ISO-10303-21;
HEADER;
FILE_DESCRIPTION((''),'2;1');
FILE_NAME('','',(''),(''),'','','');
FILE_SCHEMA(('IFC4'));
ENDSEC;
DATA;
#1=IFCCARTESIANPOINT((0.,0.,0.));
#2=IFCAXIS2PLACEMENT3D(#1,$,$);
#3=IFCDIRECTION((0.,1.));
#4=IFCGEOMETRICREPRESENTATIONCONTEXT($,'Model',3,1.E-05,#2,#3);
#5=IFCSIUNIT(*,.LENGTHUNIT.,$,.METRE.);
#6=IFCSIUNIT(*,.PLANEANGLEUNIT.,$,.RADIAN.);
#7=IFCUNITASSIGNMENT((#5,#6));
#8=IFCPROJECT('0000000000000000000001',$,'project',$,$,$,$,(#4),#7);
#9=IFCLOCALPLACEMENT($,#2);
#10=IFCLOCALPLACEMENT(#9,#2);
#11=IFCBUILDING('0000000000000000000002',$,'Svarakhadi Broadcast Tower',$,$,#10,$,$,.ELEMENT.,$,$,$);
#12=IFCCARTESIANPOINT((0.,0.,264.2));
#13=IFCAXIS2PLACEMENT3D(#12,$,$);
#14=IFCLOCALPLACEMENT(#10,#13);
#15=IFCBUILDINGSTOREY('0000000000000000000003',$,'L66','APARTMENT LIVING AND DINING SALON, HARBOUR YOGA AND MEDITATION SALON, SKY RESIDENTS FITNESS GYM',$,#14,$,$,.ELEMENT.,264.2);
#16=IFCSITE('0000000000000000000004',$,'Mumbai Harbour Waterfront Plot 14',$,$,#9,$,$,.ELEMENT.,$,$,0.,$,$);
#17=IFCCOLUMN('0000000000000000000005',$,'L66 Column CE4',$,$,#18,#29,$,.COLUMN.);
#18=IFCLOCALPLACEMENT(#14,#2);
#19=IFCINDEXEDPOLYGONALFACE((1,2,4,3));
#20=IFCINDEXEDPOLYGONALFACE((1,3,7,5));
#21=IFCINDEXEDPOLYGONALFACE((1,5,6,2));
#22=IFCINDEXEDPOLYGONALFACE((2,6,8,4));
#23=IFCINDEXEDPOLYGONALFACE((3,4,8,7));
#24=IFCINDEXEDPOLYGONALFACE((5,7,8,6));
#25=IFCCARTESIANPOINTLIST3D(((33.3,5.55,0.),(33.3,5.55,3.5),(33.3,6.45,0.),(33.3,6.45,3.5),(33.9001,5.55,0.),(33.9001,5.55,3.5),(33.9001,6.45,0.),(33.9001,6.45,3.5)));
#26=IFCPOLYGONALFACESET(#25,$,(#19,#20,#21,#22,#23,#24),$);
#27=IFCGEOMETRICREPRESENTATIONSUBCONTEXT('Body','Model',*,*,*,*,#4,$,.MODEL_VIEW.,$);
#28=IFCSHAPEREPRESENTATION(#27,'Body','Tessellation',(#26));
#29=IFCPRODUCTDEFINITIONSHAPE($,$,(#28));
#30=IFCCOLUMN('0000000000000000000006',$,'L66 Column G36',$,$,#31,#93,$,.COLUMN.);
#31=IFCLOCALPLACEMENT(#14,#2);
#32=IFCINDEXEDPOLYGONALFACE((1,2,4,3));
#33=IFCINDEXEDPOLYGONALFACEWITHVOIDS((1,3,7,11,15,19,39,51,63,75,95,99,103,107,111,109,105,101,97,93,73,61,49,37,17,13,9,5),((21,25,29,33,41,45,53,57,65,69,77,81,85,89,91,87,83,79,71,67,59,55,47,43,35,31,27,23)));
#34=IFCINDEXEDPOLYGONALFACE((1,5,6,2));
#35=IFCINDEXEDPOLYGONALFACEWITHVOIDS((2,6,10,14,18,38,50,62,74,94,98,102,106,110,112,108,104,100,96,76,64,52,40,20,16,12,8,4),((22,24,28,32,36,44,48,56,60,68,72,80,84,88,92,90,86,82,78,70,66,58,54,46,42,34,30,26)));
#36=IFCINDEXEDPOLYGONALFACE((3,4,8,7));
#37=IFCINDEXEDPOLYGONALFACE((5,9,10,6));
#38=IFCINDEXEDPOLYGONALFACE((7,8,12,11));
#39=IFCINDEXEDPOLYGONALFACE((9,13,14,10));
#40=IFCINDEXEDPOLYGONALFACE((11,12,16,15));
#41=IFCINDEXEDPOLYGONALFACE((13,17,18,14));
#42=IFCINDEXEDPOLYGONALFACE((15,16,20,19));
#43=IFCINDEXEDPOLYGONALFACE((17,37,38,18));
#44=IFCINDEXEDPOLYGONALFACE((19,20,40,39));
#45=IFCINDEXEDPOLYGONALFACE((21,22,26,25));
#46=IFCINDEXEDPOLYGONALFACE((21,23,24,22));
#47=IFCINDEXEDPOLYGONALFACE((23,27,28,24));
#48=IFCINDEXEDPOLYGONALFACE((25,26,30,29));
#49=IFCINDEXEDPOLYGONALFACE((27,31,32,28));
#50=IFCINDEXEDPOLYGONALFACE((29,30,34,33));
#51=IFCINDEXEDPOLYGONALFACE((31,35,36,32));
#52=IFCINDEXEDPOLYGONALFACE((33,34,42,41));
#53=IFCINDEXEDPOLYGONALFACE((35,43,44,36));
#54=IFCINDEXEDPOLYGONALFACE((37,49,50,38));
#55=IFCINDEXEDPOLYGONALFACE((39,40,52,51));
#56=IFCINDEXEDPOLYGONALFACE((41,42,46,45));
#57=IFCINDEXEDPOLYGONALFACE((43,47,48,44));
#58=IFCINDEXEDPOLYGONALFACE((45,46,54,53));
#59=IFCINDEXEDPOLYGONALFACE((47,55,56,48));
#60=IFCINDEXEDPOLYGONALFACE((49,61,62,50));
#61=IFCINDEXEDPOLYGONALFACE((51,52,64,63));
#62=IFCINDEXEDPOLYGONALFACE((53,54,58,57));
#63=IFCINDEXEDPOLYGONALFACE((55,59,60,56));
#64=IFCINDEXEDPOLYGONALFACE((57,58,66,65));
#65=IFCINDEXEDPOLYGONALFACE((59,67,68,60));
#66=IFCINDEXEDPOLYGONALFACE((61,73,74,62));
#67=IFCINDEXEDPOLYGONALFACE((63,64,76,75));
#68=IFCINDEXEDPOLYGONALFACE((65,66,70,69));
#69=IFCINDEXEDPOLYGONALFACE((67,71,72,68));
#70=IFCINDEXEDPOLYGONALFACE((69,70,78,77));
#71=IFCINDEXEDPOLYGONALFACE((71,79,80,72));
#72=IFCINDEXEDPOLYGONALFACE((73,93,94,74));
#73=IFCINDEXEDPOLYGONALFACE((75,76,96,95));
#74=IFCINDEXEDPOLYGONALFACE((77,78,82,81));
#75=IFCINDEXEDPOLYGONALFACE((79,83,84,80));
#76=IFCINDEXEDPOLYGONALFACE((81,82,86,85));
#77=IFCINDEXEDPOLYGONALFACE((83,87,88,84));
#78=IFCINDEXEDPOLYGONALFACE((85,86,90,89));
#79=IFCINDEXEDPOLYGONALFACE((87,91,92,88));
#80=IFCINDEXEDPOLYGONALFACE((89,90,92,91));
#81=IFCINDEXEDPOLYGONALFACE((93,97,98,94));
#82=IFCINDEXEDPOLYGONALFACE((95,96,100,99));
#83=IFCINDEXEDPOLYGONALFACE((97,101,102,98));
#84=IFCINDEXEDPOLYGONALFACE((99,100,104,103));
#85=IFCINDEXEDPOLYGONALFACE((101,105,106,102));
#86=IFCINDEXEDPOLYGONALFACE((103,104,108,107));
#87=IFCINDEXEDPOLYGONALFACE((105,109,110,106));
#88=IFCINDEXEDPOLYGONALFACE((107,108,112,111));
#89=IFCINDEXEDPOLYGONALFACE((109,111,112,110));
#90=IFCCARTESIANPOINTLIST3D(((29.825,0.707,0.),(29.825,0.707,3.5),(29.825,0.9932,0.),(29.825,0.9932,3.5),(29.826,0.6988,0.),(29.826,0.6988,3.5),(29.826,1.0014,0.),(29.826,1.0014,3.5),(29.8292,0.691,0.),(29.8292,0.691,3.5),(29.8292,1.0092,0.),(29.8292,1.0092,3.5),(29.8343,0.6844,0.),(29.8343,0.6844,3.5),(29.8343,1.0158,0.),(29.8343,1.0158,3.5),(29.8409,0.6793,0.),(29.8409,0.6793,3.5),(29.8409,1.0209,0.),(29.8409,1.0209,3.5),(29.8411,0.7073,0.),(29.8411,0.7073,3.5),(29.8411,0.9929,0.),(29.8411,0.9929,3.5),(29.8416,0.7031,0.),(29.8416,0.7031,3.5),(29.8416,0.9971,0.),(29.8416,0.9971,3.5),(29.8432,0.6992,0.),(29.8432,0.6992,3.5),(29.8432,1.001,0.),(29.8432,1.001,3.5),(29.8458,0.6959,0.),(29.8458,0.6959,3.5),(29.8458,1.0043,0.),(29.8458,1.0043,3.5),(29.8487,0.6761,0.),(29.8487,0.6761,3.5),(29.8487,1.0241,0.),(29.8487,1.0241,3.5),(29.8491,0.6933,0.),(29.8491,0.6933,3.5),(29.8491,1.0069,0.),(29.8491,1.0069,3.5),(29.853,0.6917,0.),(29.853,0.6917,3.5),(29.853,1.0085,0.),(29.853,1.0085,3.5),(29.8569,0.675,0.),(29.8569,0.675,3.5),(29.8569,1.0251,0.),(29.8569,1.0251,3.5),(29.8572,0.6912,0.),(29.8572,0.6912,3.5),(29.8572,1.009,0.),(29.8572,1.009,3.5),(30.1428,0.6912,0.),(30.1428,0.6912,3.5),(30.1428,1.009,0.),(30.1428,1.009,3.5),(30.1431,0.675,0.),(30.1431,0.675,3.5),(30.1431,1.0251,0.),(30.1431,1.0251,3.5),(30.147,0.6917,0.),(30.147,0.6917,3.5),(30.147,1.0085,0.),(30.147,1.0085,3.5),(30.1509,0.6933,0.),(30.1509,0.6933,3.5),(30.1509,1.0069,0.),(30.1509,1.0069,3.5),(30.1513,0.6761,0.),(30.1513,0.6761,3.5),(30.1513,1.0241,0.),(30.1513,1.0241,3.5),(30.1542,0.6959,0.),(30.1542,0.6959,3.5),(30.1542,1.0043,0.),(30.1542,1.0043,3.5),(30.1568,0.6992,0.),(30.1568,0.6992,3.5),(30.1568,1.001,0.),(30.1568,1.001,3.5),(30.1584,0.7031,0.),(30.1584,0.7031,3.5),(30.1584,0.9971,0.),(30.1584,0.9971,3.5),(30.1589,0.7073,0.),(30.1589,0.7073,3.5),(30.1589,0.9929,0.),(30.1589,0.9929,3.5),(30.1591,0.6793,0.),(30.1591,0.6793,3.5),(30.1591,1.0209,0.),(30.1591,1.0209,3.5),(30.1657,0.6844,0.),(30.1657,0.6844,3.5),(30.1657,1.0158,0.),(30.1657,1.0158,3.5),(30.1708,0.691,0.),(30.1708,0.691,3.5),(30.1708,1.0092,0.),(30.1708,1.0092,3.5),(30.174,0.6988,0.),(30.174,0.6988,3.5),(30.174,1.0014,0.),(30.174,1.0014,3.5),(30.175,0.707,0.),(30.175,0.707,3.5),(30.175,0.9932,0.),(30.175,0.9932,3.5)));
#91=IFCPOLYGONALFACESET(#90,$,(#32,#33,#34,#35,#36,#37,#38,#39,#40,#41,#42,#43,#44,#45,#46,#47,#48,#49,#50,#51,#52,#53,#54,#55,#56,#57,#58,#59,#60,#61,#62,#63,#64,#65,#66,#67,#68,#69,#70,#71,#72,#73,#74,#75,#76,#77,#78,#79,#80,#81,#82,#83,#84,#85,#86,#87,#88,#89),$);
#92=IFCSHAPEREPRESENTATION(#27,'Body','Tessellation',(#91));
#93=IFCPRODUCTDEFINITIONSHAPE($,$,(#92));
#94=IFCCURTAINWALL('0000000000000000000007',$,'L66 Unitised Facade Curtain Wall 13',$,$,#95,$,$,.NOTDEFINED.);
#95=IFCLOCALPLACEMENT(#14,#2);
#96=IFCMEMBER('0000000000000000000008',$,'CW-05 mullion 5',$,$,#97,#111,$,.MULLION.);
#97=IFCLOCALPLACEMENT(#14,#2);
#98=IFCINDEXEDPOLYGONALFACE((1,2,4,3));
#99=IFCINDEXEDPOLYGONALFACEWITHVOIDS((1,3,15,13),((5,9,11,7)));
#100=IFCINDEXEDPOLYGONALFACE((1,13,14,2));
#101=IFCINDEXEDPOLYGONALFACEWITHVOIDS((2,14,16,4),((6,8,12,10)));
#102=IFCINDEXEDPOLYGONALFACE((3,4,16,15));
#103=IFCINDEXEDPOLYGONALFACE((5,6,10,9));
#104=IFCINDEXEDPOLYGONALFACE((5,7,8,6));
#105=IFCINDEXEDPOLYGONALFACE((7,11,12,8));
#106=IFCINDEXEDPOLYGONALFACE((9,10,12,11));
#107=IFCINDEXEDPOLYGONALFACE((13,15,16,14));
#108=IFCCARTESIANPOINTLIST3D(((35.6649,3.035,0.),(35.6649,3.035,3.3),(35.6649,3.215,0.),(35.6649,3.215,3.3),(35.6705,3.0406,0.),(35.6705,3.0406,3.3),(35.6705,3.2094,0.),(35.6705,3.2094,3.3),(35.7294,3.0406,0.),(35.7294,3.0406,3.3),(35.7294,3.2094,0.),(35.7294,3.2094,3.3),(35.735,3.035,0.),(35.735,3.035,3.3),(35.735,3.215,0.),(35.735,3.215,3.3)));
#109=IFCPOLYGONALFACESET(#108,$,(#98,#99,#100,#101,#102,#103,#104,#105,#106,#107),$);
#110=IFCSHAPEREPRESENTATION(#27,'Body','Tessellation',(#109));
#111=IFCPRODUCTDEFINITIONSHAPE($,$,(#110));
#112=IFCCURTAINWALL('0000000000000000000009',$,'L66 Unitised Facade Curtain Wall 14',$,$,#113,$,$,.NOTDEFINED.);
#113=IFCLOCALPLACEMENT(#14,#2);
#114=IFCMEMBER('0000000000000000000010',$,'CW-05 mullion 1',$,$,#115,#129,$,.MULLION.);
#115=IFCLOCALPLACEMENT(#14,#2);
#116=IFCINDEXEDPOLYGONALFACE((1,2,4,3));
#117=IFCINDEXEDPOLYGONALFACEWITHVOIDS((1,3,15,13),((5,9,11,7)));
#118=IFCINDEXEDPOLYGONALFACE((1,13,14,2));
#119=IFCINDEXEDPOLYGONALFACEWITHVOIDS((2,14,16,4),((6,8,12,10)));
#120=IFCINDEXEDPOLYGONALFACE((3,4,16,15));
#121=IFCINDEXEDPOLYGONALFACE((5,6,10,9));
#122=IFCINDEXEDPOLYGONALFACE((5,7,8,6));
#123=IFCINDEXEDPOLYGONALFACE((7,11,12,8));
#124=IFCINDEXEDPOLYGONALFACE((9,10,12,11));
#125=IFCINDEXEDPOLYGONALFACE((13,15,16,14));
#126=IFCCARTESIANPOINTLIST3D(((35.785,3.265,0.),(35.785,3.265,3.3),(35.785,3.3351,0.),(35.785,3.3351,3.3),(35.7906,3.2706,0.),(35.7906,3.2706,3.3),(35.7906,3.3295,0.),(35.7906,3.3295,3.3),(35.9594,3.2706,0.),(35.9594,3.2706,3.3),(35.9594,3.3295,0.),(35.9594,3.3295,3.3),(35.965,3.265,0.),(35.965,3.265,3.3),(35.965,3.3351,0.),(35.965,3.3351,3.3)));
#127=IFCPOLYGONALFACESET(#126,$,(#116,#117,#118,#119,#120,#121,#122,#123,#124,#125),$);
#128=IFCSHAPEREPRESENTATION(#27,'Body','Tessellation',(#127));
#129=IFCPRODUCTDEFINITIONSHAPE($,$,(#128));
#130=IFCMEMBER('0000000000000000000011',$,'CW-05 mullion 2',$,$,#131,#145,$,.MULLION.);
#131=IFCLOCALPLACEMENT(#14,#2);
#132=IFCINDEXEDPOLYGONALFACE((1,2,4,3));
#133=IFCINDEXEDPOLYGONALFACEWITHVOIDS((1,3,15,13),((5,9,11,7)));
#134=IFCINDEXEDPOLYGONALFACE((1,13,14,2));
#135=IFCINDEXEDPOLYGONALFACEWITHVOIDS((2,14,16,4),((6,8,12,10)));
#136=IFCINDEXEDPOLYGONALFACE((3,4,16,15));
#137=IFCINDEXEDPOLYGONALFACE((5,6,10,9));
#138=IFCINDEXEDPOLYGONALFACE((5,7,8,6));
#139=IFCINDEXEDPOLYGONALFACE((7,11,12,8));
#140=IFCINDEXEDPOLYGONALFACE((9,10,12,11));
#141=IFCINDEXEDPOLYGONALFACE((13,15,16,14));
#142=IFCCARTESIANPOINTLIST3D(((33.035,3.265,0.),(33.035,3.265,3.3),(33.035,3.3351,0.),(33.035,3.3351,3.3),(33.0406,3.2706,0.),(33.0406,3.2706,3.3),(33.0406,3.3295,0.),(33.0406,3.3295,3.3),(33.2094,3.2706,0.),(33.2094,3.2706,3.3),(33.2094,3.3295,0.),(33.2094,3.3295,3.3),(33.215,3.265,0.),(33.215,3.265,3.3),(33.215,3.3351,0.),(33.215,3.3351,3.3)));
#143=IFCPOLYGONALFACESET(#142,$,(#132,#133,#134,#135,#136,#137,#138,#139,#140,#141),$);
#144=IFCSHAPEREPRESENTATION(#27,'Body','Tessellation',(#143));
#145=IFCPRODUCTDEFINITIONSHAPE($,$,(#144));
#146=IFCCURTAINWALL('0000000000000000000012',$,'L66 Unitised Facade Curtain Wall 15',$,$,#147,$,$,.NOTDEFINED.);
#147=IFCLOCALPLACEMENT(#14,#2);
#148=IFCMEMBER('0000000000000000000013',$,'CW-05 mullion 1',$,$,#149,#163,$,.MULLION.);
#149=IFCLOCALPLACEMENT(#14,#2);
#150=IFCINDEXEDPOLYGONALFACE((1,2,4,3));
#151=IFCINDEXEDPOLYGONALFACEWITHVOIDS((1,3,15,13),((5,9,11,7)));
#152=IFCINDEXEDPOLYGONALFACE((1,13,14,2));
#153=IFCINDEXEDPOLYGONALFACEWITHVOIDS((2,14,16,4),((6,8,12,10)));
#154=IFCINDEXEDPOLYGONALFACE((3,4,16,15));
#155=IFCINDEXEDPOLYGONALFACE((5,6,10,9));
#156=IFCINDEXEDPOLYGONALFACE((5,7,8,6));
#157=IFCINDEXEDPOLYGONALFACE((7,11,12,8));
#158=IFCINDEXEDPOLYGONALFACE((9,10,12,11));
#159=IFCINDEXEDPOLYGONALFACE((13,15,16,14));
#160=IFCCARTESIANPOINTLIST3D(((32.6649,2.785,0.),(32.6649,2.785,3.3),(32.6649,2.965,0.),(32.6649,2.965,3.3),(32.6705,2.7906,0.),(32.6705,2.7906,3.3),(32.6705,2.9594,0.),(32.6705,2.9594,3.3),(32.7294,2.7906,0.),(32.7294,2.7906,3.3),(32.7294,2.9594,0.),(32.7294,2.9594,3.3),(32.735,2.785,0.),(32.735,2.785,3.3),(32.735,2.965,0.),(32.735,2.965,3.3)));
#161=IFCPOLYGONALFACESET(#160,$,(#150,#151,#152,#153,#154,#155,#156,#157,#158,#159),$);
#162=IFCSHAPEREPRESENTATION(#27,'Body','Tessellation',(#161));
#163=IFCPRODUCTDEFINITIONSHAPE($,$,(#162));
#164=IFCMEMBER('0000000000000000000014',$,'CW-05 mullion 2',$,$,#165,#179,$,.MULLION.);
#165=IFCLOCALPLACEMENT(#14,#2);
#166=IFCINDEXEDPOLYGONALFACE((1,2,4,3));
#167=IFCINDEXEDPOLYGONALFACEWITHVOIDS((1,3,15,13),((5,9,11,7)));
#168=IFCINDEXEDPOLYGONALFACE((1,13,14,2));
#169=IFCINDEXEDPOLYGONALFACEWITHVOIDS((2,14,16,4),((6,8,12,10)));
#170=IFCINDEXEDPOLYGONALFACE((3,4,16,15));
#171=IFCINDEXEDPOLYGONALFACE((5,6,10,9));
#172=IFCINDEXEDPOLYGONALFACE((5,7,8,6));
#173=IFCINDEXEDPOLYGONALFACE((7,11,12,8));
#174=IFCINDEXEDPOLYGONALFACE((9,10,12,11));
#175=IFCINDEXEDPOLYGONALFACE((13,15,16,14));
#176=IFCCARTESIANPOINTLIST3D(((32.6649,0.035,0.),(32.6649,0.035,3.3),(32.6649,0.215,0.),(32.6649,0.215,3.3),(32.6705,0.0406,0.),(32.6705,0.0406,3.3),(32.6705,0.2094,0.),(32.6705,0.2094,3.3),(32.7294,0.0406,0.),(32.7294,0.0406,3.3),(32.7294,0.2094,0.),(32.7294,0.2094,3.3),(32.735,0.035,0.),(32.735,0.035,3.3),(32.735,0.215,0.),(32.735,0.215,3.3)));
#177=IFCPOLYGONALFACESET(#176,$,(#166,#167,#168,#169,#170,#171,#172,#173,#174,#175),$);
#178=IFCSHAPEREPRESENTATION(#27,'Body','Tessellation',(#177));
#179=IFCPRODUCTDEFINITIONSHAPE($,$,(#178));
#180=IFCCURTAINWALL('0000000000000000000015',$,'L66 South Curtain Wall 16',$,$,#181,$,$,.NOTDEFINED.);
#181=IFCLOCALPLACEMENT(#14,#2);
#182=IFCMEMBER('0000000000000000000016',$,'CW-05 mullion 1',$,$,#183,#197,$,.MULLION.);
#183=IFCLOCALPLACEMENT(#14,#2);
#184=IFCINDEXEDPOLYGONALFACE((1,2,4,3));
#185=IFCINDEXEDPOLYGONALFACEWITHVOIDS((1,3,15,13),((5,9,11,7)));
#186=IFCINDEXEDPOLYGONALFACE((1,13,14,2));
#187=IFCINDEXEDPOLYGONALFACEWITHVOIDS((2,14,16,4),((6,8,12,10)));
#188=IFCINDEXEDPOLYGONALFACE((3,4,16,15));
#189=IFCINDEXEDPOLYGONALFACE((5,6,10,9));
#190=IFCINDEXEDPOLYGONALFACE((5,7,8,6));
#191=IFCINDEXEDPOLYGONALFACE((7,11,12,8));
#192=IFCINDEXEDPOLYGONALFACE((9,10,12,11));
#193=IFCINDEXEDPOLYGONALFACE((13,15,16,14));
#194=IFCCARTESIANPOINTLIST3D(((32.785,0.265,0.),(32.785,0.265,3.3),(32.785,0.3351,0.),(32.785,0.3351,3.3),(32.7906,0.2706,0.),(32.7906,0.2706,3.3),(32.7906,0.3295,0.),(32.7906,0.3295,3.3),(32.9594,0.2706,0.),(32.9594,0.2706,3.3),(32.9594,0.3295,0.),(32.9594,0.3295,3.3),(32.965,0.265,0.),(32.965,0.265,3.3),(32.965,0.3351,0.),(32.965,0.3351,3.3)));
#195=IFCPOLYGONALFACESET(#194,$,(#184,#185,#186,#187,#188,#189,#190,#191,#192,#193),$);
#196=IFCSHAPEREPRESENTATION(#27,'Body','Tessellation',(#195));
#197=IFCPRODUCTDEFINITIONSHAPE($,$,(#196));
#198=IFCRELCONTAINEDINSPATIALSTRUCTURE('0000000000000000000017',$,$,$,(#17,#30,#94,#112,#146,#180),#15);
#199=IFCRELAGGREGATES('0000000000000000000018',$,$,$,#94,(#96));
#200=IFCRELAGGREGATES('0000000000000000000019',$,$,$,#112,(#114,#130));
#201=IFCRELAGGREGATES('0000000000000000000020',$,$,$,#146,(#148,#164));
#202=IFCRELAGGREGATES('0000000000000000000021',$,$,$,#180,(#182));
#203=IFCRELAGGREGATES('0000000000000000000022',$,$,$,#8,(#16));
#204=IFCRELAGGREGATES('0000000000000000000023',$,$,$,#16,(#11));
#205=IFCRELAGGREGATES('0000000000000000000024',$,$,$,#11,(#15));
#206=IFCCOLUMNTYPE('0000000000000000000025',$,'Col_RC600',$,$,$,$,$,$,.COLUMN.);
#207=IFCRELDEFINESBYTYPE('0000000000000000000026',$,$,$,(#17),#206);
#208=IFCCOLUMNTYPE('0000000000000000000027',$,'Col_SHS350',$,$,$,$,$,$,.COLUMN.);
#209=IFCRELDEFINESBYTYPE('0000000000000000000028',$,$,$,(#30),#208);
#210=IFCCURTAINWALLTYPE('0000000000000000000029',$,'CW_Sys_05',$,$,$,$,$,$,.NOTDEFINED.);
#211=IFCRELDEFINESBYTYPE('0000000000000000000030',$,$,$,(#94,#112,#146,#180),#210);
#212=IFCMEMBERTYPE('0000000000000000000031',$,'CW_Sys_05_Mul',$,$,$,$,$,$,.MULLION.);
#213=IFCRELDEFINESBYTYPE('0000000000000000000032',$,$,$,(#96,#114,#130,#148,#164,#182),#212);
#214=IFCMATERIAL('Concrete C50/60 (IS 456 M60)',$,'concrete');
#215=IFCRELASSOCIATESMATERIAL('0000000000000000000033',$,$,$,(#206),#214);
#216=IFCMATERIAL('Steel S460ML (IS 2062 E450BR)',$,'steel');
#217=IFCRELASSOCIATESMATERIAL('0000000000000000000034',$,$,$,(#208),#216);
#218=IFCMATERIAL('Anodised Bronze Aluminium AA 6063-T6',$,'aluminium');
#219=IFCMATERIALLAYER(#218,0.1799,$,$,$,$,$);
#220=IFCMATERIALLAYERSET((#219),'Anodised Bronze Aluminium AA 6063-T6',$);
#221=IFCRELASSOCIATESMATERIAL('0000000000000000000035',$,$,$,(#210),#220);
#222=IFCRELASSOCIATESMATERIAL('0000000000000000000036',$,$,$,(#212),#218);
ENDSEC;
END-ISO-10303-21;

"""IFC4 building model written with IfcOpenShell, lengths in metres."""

from ifc_helpers import new_model, si_unit, direction, frame, origin, origin_2d, place, context, subcontext, project, spatial, rectangle, hollow_rectangle, extrude, material, layer, layer_set, material_profile, profile_set, type_object, element, aggregate, save


model = new_model("IFC4")

# Units and contexts
model_context = context("Model", 3, precision=1e-05, world=origin(), true_north=direction((0.0, 1.0)))
body_context = subcontext(model_context, "Body", "Model", "MODEL_VIEW")
ifc_project = project(units=[si_unit("LENGTHUNIT", "METRE"), si_unit("PLANEANGLEUNIT", "RADIAN")], contexts=[model_context])

# Site, building, storey
site_placement = place(None, origin())
site = spatial("IfcSite", under=ifc_project, at=site_placement, Name="Mumbai Harbour Waterfront Plot 14", CompositionType="ELEMENT", RefElevation=0.0)
building_placement = place(site_placement, origin())
building = spatial("IfcBuilding", under=site, at=building_placement, Name="Svarakhadi Broadcast Tower", CompositionType="ELEMENT")
storey_placement = place(building_placement, frame((0.0, 0.0, 264.2)))
storey = spatial("IfcBuildingStorey", under=building, at=storey_placement, Name="L66", Description="APARTMENT LIVING AND DINING SALON, HARBOUR YOGA AND MEDITATION SALON, SKY RESIDENTS FITNESS GYM", CompositionType="ELEMENT", Elevation=264.2)

# Columns
ifc_material_1 = material(Name="Concrete C50/60 (IS 456 M60)", Category="concrete")
ifc_material_profile_1 = material_profile(ifc_material_1, rectangle(XDim=0.6001, YDim=0.8999, at=origin_2d()), Name="RC 600x900")
ifc_profile_set_1 = profile_set([ifc_material_profile_1], Name="Concrete C50/60 (IS 456 M60)")
column_type_1 = type_object("IfcColumnType", Name="Col_RC600", PredefinedType="COLUMN", material=ifc_profile_set_1)
column_1_placement = place(storey_placement, frame((33.6001, 6.0, 0.0), z_axis=(0.0, 0.0, 1.0), x_axis=(1.0, 0.0, 0.0)))
element("IfcColumn", 1, at=column_1_placement, inside=storey, type_object=column_type_1, Name="L66 Column CE4", PredefinedType="COLUMN", context=body_context, shape_type="SweptSolid", body=[
    extrude(rectangle(XDim=0.6001, YDim=0.8999, at=origin_2d()), origin(), (0.0, 0.0, 1.0), 3.5),
])
ifc_material_2 = material(Name="Steel S460ML (IS 2062 E450BR)", Category="steel")
ifc_material_profile_2 = material_profile(ifc_material_2, hollow_rectangle(XDim=0.3501, YDim=0.3501, WallThickness=0.0161, InnerFilletRadius=0.0161, OuterFilletRadius=0.032, at=origin_2d()), Name="SHS 350x350x16")
ifc_profile_set_2 = profile_set([ifc_material_profile_2], Name="Steel S460ML (IS 2062 E450BR)")
column_type_2 = type_object("IfcColumnType", Name="Col_SHS350", PredefinedType="COLUMN", material=ifc_profile_set_2)
column_2_placement = place(storey_placement, frame((30.0, 0.8501, 0.0), z_axis=(0.0, 0.0, 1.0), x_axis=(1.0, 0.0, 0.0)))
element("IfcColumn", 2, at=column_2_placement, inside=storey, type_object=column_type_2, Name="L66 Column G36", PredefinedType="COLUMN", context=body_context, shape_type="SweptSolid", body=[
    extrude(hollow_rectangle(XDim=0.3501, YDim=0.3501, WallThickness=0.0161, InnerFilletRadius=0.0161, OuterFilletRadius=0.032, at=origin_2d()), origin(), (0.0, 0.0, 1.0), 3.5),
])

# Curtain wall, member
ifc_material_3 = material(Name="Anodised Bronze Aluminium AA 6063-T6", Category="aluminium")
ifc_layer_1 = layer(ifc_material_3, 0.1799)
ifc_layer_set_1 = layer_set([ifc_layer_1], Name="Anodised Bronze Aluminium AA 6063-T6")
curtain_wall_type = type_object("IfcCurtainWallType", Name="CW_Sys_05", PredefinedType="NOTDEFINED", material=ifc_layer_set_1)
curtain_wall_1_placement = place(storey_placement, origin())
curtain_wall_1 = element("IfcCurtainWall", 3, at=curtain_wall_1_placement, inside=storey, type_object=curtain_wall_type, Name="L66 Unitised Facade Curtain Wall 13", PredefinedType="NOTDEFINED")
ifc_material_profile_3 = material_profile(ifc_material_3, hollow_rectangle(XDim=0.0701, YDim=0.1799, WallThickness=0.0056, at=origin_2d()), Name="ALU MULLION 180x70x6")
ifc_profile_set_3 = profile_set([ifc_material_profile_3], Name="Anodised Bronze Aluminium AA 6063-T6")
member_type_1 = type_object("IfcMemberType", Name="CW_Sys_05_Mul", PredefinedType="MULLION", material=ifc_profile_set_3)
member_1_placement = place(storey_placement, frame((35.7, 3.125, 0.0), z_axis=(0.0, 0.0, 1.0), x_axis=(1.0, 0.0, 0.0)))
member_1 = element("IfcMember", 4, at=member_1_placement, type_object=member_type_1, Name="CW-05 mullion 5", PredefinedType="MULLION", context=body_context, shape_type="SweptSolid", body=[
    extrude(hollow_rectangle(XDim=0.0701, YDim=0.1799, WallThickness=0.0056, at=origin_2d()), origin(), (0.0, 0.0, 1.0), 3.3),
])

# Curtain walls, members
curtain_wall_2_placement = place(storey_placement, origin())
curtain_wall_2 = element("IfcCurtainWall", 5, at=curtain_wall_2_placement, inside=storey, type_object=curtain_wall_type, Name="L66 Unitised Facade Curtain Wall 14", PredefinedType="NOTDEFINED")
member_2_placement = place(storey_placement, frame((35.875, 3.3, 0.0), z_axis=(0.0, 0.0, 1.0), x_axis=(0.0, -1.0, 0.0)))
member_2 = element("IfcMember", 6, at=member_2_placement, type_object=member_type_1, Name="CW-05 mullion 1", PredefinedType="MULLION", context=body_context, shape_type="SweptSolid", body=[
    extrude(hollow_rectangle(XDim=0.0701, YDim=0.1799, WallThickness=0.0056, at=origin_2d()), origin(), (0.0, 0.0, 1.0), 3.3),
])
member_3_placement = place(storey_placement, frame((33.125, 3.3, 0.0), z_axis=(0.0, 0.0, 1.0), x_axis=(0.0, -1.0, 0.0)))
member_3 = element("IfcMember", 7, at=member_3_placement, type_object=member_type_1, Name="CW-05 mullion 2", PredefinedType="MULLION", context=body_context, shape_type="SweptSolid", body=[
    extrude(hollow_rectangle(XDim=0.0701, YDim=0.1799, WallThickness=0.0056, at=origin_2d()), origin(), (0.0, 0.0, 1.0), 3.3),
])
curtain_wall_3_placement = place(storey_placement, origin())
curtain_wall_3 = element("IfcCurtainWall", 8, at=curtain_wall_3_placement, inside=storey, type_object=curtain_wall_type, Name="L66 Unitised Facade Curtain Wall 15", PredefinedType="NOTDEFINED")
member_4_placement = place(storey_placement, frame((32.7, 2.875, 0.0), z_axis=(0.0, 0.0, 1.0), x_axis=(1.0, 0.0, 0.0)))
member_4 = element("IfcMember", 9, at=member_4_placement, type_object=member_type_1, Name="CW-05 mullion 1", PredefinedType="MULLION", context=body_context, shape_type="SweptSolid", body=[
    extrude(hollow_rectangle(XDim=0.0701, YDim=0.1799, WallThickness=0.0056, at=origin_2d()), origin(), (0.0, 0.0, 1.0), 3.3),
])
member_5_placement = place(storey_placement, frame((32.7, 0.125, 0.0), z_axis=(0.0, 0.0, 1.0), x_axis=(1.0, 0.0, 0.0)))
member_5 = element("IfcMember", 10, at=member_5_placement, type_object=member_type_1, Name="CW-05 mullion 2", PredefinedType="MULLION", context=body_context, shape_type="SweptSolid", body=[
    extrude(hollow_rectangle(XDim=0.0701, YDim=0.1799, WallThickness=0.0056, at=origin_2d()), origin(), (0.0, 0.0, 1.0), 3.3),
])
curtain_wall_4_placement = place(storey_placement, origin())
curtain_wall_4 = element("IfcCurtainWall", 11, at=curtain_wall_4_placement, inside=storey, type_object=curtain_wall_type, Name="L66 South Curtain Wall 16", PredefinedType="NOTDEFINED")
member_6_placement = place(storey_placement, frame((32.875, 0.3, 0.0), z_axis=(0.0, 0.0, 1.0), x_axis=(0.0, -1.0, 0.0)))
member_6 = element("IfcMember", 12, at=member_6_placement, type_object=member_type_1, Name="CW-05 mullion 1", PredefinedType="MULLION", context=body_context, shape_type="SweptSolid", body=[
    extrude(hollow_rectangle(XDim=0.0701, YDim=0.1799, WallThickness=0.0056, at=origin_2d()), origin(), (0.0, 0.0, 1.0), 3.3),
])

aggregate(curtain_wall_1, [member_1])
aggregate(curtain_wall_2, [member_2, member_3])
aggregate(curtain_wall_3, [member_4, member_5])
aggregate(curtain_wall_4, [member_6])

save(model, "model.ifc")
